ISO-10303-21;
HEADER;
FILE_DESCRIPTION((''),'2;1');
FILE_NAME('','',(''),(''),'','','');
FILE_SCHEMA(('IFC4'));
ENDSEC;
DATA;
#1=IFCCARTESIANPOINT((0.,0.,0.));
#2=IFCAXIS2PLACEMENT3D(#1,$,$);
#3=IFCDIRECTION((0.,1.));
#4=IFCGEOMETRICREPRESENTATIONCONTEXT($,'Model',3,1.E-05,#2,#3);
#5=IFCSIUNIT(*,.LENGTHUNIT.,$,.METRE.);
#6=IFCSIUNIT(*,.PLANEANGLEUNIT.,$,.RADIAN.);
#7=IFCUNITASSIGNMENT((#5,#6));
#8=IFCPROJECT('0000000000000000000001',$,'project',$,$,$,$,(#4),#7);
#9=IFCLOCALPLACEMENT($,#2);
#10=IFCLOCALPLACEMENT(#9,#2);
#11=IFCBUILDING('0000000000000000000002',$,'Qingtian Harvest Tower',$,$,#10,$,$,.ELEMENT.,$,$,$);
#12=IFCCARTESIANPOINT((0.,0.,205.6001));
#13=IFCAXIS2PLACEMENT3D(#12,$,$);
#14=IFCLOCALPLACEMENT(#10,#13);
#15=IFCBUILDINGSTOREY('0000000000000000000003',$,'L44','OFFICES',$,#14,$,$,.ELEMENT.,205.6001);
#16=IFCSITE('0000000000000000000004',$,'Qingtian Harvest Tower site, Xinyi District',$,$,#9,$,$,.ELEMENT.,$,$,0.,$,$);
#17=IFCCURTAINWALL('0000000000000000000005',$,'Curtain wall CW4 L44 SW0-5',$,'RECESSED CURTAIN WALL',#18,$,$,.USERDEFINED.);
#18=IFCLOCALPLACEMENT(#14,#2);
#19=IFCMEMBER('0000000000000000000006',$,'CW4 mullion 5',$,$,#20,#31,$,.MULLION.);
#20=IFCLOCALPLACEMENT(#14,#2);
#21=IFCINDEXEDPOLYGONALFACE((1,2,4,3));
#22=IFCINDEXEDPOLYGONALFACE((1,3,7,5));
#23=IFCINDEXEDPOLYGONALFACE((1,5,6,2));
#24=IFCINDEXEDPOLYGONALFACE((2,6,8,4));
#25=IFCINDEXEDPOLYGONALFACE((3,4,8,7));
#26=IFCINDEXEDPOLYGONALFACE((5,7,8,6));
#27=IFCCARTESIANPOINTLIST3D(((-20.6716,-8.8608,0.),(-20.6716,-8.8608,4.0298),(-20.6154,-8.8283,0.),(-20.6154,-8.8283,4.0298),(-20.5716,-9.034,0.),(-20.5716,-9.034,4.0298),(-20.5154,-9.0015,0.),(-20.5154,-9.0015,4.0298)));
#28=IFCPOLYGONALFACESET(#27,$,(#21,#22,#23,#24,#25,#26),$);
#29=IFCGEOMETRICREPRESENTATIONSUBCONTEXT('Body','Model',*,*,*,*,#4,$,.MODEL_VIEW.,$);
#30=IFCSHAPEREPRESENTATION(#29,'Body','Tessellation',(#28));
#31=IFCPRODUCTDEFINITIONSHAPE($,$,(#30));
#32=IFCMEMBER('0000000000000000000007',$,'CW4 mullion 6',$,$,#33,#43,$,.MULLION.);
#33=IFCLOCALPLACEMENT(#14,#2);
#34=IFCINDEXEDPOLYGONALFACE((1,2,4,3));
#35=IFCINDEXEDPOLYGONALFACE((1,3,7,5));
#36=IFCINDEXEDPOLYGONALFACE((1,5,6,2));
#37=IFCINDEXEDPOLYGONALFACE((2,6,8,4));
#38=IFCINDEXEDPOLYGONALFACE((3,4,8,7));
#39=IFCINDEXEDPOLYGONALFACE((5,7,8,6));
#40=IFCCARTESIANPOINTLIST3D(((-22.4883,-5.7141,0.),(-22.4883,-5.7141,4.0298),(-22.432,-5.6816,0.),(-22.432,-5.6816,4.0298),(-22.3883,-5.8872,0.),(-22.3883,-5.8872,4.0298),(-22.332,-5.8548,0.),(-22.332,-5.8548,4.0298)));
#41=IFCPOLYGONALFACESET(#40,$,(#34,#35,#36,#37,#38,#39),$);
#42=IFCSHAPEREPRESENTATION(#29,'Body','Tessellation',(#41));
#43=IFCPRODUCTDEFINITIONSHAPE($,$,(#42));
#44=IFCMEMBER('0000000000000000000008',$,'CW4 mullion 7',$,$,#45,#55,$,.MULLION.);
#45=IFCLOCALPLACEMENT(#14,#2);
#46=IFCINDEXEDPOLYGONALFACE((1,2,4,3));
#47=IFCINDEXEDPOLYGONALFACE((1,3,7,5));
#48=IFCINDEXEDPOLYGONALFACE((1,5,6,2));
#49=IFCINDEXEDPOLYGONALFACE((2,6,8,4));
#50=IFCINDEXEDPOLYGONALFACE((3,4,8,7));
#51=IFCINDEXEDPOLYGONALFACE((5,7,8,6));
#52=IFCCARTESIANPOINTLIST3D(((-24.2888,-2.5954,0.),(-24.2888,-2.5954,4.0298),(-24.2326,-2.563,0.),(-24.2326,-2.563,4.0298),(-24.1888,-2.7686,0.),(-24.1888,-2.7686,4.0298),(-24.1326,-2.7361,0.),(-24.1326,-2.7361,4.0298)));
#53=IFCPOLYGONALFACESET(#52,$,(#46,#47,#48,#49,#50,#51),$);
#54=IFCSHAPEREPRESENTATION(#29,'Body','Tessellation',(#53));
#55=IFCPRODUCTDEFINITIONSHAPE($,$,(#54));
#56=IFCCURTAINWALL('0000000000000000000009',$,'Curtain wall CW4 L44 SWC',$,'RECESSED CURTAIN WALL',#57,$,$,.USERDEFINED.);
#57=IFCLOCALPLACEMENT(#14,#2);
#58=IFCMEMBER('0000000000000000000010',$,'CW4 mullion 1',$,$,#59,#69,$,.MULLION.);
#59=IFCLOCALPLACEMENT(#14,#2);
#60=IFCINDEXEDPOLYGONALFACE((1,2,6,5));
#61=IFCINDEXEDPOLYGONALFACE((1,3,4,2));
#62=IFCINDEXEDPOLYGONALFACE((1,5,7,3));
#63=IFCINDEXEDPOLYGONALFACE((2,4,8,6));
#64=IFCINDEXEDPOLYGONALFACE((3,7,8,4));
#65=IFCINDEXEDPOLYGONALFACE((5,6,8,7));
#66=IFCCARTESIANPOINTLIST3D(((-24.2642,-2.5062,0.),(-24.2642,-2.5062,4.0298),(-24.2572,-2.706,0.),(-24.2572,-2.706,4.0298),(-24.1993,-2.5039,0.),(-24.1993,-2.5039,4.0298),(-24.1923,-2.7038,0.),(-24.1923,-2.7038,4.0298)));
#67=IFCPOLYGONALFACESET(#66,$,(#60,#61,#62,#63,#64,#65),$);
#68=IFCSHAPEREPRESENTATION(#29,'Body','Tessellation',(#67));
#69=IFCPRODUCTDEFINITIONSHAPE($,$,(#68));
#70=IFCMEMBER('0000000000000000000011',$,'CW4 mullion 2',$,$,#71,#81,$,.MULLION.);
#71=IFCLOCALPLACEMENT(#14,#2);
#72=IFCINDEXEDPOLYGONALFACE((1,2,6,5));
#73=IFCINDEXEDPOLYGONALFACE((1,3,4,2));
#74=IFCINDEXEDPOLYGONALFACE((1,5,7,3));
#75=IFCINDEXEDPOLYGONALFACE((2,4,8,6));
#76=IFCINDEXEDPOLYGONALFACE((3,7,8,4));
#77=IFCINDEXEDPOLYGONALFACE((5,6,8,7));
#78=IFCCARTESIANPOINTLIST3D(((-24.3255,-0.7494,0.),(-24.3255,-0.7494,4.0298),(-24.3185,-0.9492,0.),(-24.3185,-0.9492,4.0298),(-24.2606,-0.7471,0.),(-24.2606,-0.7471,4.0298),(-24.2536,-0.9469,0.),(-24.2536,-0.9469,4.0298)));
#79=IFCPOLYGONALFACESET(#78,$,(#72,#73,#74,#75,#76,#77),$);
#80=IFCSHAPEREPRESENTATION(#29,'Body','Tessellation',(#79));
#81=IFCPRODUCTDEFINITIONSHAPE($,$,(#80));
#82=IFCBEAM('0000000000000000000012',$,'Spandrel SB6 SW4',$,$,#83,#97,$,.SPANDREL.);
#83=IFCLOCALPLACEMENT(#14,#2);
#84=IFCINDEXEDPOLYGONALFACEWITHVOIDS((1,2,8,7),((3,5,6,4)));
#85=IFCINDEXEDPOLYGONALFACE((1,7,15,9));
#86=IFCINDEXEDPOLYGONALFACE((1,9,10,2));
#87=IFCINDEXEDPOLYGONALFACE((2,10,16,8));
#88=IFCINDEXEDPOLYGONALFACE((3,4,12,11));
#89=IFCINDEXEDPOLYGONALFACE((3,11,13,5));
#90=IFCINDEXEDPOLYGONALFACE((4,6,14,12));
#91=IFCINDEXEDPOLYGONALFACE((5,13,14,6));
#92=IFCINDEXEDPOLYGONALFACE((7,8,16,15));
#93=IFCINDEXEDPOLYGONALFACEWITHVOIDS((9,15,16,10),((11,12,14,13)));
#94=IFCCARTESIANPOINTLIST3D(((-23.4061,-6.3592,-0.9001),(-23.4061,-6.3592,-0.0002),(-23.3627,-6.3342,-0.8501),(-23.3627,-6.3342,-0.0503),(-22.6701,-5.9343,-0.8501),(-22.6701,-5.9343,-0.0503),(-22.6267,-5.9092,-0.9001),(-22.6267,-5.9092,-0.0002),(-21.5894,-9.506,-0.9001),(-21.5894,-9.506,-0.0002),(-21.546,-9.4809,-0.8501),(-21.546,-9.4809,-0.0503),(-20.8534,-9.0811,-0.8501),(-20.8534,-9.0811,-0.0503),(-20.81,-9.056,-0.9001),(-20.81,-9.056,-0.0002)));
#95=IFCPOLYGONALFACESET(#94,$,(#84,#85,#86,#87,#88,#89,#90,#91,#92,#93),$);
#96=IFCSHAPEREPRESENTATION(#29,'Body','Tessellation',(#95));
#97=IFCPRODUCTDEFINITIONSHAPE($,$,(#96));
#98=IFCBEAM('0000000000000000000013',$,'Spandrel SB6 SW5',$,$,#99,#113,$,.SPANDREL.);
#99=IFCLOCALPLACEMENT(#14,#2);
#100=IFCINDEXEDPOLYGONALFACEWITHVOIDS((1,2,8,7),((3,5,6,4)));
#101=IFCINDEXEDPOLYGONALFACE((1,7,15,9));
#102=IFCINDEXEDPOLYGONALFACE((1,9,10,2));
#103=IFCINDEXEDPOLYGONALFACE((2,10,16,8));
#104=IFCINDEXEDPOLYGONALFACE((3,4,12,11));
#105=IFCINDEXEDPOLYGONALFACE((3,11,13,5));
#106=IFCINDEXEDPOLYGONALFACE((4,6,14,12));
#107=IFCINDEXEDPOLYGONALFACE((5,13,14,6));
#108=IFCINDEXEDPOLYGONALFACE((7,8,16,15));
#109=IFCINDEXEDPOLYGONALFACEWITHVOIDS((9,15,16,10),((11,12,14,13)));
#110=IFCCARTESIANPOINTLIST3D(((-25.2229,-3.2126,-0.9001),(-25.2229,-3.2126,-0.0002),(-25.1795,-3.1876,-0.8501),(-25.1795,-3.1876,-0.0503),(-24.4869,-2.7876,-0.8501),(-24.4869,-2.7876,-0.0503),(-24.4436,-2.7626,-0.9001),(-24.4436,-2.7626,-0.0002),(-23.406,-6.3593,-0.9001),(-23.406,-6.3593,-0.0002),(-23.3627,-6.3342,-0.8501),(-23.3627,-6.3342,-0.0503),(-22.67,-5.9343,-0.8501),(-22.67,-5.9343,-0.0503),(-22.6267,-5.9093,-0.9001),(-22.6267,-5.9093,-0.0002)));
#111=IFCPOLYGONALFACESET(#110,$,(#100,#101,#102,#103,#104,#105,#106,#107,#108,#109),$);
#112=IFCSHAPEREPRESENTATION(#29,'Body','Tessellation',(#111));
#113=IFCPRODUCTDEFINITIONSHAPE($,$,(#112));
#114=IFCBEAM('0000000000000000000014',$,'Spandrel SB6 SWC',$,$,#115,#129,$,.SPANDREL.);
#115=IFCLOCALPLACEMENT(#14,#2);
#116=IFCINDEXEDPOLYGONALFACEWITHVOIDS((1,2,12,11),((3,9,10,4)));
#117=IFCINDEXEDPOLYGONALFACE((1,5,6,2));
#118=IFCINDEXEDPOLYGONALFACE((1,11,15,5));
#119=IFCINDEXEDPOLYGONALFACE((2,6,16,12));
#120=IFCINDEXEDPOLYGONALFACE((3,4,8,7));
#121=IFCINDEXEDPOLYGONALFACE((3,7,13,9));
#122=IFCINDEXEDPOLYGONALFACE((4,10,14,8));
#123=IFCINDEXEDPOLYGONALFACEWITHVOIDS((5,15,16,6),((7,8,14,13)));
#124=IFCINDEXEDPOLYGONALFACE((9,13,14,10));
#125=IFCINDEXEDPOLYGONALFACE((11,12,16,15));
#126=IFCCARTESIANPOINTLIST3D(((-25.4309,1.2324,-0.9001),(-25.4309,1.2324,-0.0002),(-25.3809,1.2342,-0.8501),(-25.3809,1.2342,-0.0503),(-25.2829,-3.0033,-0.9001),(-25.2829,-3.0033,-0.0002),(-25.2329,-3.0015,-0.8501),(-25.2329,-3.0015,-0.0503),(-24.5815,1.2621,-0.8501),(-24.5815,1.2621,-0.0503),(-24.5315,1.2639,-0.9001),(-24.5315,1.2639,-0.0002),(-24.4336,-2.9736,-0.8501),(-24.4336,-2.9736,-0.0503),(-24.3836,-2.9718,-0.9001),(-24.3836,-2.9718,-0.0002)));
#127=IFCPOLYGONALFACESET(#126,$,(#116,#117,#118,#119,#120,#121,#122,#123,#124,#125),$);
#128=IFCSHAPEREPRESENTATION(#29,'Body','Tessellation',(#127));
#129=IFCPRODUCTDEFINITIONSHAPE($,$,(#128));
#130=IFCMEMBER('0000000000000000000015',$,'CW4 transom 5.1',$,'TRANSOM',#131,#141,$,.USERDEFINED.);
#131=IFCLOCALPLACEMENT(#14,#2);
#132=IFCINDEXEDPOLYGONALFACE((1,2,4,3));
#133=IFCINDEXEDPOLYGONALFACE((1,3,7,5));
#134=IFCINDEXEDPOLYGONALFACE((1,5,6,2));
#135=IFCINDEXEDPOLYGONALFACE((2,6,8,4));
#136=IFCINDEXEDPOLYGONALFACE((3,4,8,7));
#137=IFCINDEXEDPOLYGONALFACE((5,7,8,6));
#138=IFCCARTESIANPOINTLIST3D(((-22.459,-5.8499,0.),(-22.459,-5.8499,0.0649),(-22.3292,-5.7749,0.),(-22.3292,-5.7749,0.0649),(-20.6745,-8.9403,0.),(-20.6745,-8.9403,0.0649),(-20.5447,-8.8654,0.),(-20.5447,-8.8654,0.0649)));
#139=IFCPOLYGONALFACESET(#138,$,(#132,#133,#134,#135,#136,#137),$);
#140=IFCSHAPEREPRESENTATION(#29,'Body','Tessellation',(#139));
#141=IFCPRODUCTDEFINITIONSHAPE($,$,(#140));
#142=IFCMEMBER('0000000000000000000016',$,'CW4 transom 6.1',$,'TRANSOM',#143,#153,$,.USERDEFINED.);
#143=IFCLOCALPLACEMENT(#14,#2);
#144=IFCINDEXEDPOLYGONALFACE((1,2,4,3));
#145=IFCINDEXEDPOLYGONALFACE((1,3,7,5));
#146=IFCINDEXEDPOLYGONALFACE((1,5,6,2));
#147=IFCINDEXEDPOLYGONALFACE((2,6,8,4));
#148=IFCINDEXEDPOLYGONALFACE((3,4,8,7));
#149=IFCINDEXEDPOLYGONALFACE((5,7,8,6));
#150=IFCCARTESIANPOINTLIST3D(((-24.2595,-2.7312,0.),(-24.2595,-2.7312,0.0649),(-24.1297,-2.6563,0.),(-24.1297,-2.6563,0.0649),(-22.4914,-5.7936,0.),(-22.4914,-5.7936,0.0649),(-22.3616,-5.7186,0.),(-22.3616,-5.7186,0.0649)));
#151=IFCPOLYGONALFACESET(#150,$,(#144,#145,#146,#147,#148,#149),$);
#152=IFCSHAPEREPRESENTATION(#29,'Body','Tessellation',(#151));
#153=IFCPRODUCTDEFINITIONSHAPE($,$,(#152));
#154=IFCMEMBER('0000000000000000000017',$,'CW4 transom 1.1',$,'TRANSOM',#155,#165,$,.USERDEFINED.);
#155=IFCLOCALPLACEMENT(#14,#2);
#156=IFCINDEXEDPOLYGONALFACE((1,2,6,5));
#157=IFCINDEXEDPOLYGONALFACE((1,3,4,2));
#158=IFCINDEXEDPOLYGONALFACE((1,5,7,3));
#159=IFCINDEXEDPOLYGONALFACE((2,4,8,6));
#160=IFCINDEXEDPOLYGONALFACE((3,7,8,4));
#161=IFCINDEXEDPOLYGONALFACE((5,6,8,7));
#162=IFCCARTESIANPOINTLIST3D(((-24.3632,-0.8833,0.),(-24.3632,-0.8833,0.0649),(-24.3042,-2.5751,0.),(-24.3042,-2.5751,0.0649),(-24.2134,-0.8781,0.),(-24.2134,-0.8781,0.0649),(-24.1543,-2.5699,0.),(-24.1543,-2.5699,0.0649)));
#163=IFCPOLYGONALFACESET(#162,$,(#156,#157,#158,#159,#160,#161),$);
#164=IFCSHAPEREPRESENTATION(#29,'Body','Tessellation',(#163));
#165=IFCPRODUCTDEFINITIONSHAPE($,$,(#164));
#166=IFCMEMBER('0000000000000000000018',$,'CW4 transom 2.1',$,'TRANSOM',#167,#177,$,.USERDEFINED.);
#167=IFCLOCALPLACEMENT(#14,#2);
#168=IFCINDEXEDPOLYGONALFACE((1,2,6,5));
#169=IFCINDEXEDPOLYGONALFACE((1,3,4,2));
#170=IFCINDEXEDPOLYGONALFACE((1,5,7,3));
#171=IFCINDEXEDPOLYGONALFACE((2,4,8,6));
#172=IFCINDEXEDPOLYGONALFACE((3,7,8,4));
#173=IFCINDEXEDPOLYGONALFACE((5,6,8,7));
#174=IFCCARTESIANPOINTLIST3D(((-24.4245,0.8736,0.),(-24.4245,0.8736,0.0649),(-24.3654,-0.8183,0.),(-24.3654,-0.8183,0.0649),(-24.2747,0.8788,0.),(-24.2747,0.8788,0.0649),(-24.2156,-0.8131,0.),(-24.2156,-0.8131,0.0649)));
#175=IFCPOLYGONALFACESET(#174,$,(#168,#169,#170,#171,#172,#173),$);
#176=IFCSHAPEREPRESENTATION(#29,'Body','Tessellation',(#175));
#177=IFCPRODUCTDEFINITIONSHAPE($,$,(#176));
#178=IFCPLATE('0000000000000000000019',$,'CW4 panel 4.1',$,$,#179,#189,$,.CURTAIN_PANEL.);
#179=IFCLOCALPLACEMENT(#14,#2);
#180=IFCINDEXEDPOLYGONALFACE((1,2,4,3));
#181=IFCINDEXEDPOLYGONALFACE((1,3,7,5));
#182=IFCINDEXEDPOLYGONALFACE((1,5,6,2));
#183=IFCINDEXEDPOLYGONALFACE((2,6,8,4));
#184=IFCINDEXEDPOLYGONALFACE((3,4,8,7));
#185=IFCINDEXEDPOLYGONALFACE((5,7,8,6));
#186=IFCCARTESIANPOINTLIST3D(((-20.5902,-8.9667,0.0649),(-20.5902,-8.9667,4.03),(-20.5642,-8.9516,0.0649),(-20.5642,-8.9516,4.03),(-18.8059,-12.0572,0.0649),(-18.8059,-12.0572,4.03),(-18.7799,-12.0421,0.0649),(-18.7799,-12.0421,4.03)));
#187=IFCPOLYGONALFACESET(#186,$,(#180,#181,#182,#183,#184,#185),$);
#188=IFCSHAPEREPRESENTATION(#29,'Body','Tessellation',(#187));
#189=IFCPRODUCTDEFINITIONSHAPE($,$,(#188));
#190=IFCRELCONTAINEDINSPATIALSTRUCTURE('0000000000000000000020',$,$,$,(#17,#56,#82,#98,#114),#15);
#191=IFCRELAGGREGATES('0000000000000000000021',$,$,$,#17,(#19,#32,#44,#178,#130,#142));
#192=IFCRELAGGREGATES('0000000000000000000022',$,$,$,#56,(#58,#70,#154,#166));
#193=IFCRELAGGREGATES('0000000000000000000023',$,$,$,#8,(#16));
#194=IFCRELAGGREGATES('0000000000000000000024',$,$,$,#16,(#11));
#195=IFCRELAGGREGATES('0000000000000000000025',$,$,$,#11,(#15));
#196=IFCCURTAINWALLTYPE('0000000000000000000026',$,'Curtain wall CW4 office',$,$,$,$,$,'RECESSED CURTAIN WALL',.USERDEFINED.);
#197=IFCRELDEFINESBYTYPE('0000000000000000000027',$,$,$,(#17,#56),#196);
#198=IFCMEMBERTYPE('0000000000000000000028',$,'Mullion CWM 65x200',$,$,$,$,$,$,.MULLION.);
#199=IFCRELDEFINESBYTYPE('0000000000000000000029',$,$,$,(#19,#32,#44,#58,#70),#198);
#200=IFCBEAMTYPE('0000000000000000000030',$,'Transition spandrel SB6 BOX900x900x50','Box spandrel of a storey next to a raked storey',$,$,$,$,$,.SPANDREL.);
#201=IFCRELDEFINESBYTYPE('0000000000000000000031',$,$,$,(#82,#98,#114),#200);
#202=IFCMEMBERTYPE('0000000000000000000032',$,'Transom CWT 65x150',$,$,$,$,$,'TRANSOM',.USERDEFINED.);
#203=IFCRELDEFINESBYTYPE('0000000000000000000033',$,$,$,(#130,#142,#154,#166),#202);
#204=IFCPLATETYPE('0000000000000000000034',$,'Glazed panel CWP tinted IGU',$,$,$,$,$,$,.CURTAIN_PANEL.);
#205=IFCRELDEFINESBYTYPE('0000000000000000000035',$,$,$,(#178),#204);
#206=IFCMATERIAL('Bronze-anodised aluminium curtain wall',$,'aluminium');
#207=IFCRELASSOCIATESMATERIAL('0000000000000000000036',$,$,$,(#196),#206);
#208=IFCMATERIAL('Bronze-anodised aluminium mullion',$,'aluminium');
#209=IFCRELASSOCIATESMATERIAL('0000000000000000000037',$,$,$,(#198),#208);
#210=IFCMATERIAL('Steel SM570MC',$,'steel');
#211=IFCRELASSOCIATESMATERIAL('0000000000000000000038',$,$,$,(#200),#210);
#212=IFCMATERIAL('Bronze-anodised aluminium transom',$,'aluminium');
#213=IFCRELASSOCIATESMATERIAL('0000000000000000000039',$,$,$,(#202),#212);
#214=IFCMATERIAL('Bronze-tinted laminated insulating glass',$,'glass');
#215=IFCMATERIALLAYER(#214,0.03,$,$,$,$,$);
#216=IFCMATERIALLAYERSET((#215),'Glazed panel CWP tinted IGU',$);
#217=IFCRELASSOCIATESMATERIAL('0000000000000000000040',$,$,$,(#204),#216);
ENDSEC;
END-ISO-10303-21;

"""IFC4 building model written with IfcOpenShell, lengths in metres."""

from ifc_helpers import new_model, si_unit, direction, frame, origin, origin_2d, place, context, subcontext, project, spatial, rectangle, hollow_rectangle, extrude, material, layer, layer_set, material_profile, profile_set, type_object, element, aggregate, save


model = new_model("IFC4")

# Units and contexts
model_context = context("Model", 3, precision=1e-05, world=origin(), true_north=direction((0.0, 1.0)))
body_context = subcontext(model_context, "Body", "Model", "MODEL_VIEW")
ifc_project = project(units=[si_unit("LENGTHUNIT", "METRE"), si_unit("PLANEANGLEUNIT", "RADIAN")], contexts=[model_context])

# Site, building, storey
site_placement = place(None, origin())
site = spatial("IfcSite", under=ifc_project, at=site_placement, Name="Qingtian Harvest Tower site, Xinyi District", CompositionType="ELEMENT", RefElevation=0.0)
building_placement = place(site_placement, origin())
building = spatial("IfcBuilding", under=site, at=building_placement, Name="Qingtian Harvest Tower", CompositionType="ELEMENT")
storey_placement = place(building_placement, frame((0.0, 0.0, 205.6001)))
storey = spatial("IfcBuildingStorey", under=building, at=storey_placement, Name="L44", Description="OFFICES", CompositionType="ELEMENT", Elevation=205.6001)

# Curtain walls, members
ifc_material_1 = material(Name="Bronze-anodised aluminium curtain wall", Category="aluminium")
curtain_wall_type = type_object("IfcCurtainWallType", Name="Curtain wall CW4 office", ElementType="RECESSED CURTAIN WALL", PredefinedType="USERDEFINED", material=ifc_material_1)
curtain_wall_1_placement = place(storey_placement, origin())
curtain_wall_1 = element("IfcCurtainWall", 1, at=curtain_wall_1_placement, inside=storey, type_object=curtain_wall_type, Name="Curtain wall CW4 L44 SW0-5", ObjectType="RECESSED CURTAIN WALL", PredefinedType="USERDEFINED")
ifc_material_2 = material(Name="Bronze-anodised aluminium mullion", Category="aluminium")
ifc_material_profile_1 = material_profile(ifc_material_2, rectangle(XDim=0.0649, YDim=0.2, at=origin_2d()), Name="AL 65x200")
ifc_profile_set_1 = profile_set([ifc_material_profile_1], Name="Bronze-anodised aluminium mullion")
member_type_1 = type_object("IfcMemberType", Name="Mullion CWM 65x200", PredefinedType="MULLION", material=ifc_profile_set_1)
member_1_placement = place(storey_placement, frame((-20.5935, -8.9312, 0.0), z_axis=(0.0, 0.0, 1.0), x_axis=(-0.866025, -0.5, 0.0)))
member_1 = element("IfcMember", 2, at=member_1_placement, type_object=member_type_1, Name="CW4 mullion 5", PredefinedType="MULLION", context=body_context, shape_type="SweptSolid", body=[
    extrude(rectangle(XDim=0.0649, YDim=0.2, at=origin_2d()), origin(), (0.0, 0.0, 1.0), 4.0298),
])
member_2_placement = place(storey_placement, frame((-22.4102, -5.7844, 0.0), z_axis=(0.0, 0.0, 1.0), x_axis=(-0.866025, -0.5, 0.0)))
member_2 = element("IfcMember", 3, at=member_2_placement, type_object=member_type_1, Name="CW4 mullion 6", PredefinedType="MULLION", context=body_context, shape_type="SweptSolid", body=[
    extrude(rectangle(XDim=0.0649, YDim=0.2, at=origin_2d()), origin(), (0.0, 0.0, 1.0), 4.0298),
])
member_3_placement = place(storey_placement, frame((-24.2107, -2.6658, 0.0), z_axis=(0.0, 0.0, 1.0), x_axis=(-0.866025, -0.5, 0.0)))
member_3 = element("IfcMember", 4, at=member_3_placement, type_object=member_type_1, Name="CW4 mullion 7", PredefinedType="MULLION", context=body_context, shape_type="SweptSolid", body=[
    extrude(rectangle(XDim=0.0649, YDim=0.2, at=origin_2d()), origin(), (0.0, 0.0, 1.0), 4.0298),
])
curtain_wall_2_placement = place(storey_placement, origin())
curtain_wall_2 = element("IfcCurtainWall", 5, at=curtain_wall_2_placement, inside=storey, type_object=curtain_wall_type, Name="Curtain wall CW4 L44 SWC", ObjectType="RECESSED CURTAIN WALL", PredefinedType="USERDEFINED")
member_4_placement = place(storey_placement, frame((-24.2283, -2.605, 0.0), z_axis=(0.0, 0.0, 1.0), x_axis=(-0.999391, -0.034899, 0.0)))
member_4 = element("IfcMember", 6, at=member_4_placement, type_object=member_type_1, Name="CW4 mullion 1", PredefinedType="MULLION", context=body_context, shape_type="SweptSolid", body=[
    extrude(rectangle(XDim=0.0649, YDim=0.2, at=origin_2d()), origin(), (0.0, 0.0, 1.0), 4.0298),
])
member_5_placement = place(storey_placement, frame((-24.2896, -0.8481, 0.0), z_axis=(0.0, 0.0, 1.0), x_axis=(-0.999391, -0.034899, 0.0)))
member_5 = element("IfcMember", 7, at=member_5_placement, type_object=member_type_1, Name="CW4 mullion 2", PredefinedType="MULLION", context=body_context, shape_type="SweptSolid", body=[
    extrude(rectangle(XDim=0.0649, YDim=0.2, at=origin_2d()), origin(), (0.0, 0.0, 1.0), 4.0298),
])

# Beams
ifc_material_3 = material(Name="Steel SM570MC", Category="steel")
ifc_material_profile_2 = material_profile(ifc_material_3, hollow_rectangle(XDim=0.8999, YDim=0.8999, WallThickness=0.05, at=origin_2d()), Name="BOX900x900x50")
ifc_profile_set_2 = profile_set([ifc_material_profile_2], Name="Steel SM570MC")
beam_type_1 = type_object("IfcBeamType", Name="Transition spandrel SB6 BOX900x900x50", Description="Box spandrel of a storey next to a raked storey", PredefinedType="SPANDREL", material=ifc_profile_set_2)
for number, where, z_axis, x_axis, name in (
    (8, (-21.1997, -9.281, -0.4502), (-0.499976, 0.866039, 0.0), (-0.866039, -0.499976, 0.0), "Spandrel SB6 SW4"),
    (9, (-23.0164, -6.1343, -0.4502), (-0.500027, 0.86601, 0.0), (-0.86601, -0.500027, 0.0), "Spandrel SB6 SW5"),
):
    element("IfcBeam", number, at=place(storey_placement, frame(where, z_axis=z_axis, x_axis=x_axis)), inside=storey, type_object=beam_type_1, Name=name, PredefinedType="SPANDREL", context=body_context, shape_type="SweptSolid", body=[
        extrude(hollow_rectangle(XDim=0.8999, YDim=0.8999, WallThickness=0.05, at=origin_2d()), origin(), (0.0, 0.0, 1.0), 3.6335),
    ])
beam_1_placement = place(storey_placement, frame((-24.8333, -2.9875, -0.4502), z_axis=(-0.034909, 0.999391, 0.0), x_axis=(-0.999391, -0.034909, 0.0)))
element("IfcBeam", 10, at=beam_1_placement, inside=storey, type_object=beam_type_1, Name="Spandrel SB6 SWC", PredefinedType="SPANDREL", context=body_context, shape_type="SweptSolid", body=[
    extrude(hollow_rectangle(XDim=0.8999, YDim=0.8999, WallThickness=0.05, at=origin_2d()), origin(), (0.0, 0.0, 1.0), 4.2383),
])

# Members
ifc_material_4 = material(Name="Bronze-anodised aluminium transom", Category="aluminium")
ifc_material_profile_3 = material_profile(ifc_material_4, rectangle(XDim=0.1499, YDim=0.0649, at=origin_2d()), Name="AL 65x150")
ifc_profile_set_3 = profile_set([ifc_material_profile_3], Name="Bronze-anodised aluminium transom")
member_type_2 = type_object("IfcMemberType", Name="Transom CWT 65x150", ElementType="TRANSOM", PredefinedType="USERDEFINED", material=ifc_profile_set_3)
member_6_placement = place(storey_placement, frame((-20.6096, -8.9028, 0.0325), z_axis=(-0.500046, 0.865999, 0.0), x_axis=(-0.865999, -0.500046, 0.0)))
member_6 = element("IfcMember", 11, at=member_6_placement, type_object=member_type_2, Name="CW4 transom 5.1", ObjectType="TRANSOM", PredefinedType="USERDEFINED", context=body_context, shape_type="SweptSolid", body=[
    extrude(rectangle(XDim=0.1499, YDim=0.0649, at=origin_2d()), origin(), (0.0, 0.0, 1.0), 3.5686),
])
member_7_placement = place(storey_placement, frame((-22.4265, -5.7561, 0.0325), z_axis=(-0.500015, 0.866017, 0.0), x_axis=(-0.866017, -0.500015, 0.0)))
member_7 = element("IfcMember", 12, at=member_7_placement, type_object=member_type_2, Name="CW4 transom 6.1", ObjectType="TRANSOM", PredefinedType="USERDEFINED", context=body_context, shape_type="SweptSolid", body=[
    extrude(rectangle(XDim=0.1499, YDim=0.0649, at=origin_2d()), origin(), (0.0, 0.0, 1.0), 3.5361),
])
member_8_placement = place(storey_placement, frame((-24.2292, -2.5725, 0.0325), z_axis=(-0.034899, 0.999391, 0.0), x_axis=(-0.999391, -0.034899, 0.0)))
member_8 = element("IfcMember", 13, at=member_8_placement, type_object=member_type_2, Name="CW4 transom 1.1", ObjectType="TRANSOM", PredefinedType="USERDEFINED", context=body_context, shape_type="SweptSolid", body=[
    extrude(rectangle(XDim=0.1499, YDim=0.0649, at=origin_2d()), origin(), (0.0, 0.0, 1.0), 1.6929),
])
member_9_placement = place(storey_placement, frame((-24.2905, -0.8157, 0.0325), z_axis=(-0.034899, 0.999391, 0.0), x_axis=(-0.999391, -0.034899, 0.0)))
member_9 = element("IfcMember", 14, at=member_9_placement, type_object=member_type_2, Name="CW4 transom 2.1", ObjectType="TRANSOM", PredefinedType="USERDEFINED", context=body_context, shape_type="SweptSolid", body=[
    extrude(rectangle(XDim=0.1499, YDim=0.0649, at=origin_2d()), origin(), (0.0, 0.0, 1.0), 1.6929),
])

# Plate
ifc_material_5 = material(Name="Bronze-tinted laminated insulating glass", Category="glass")
ifc_layer_1 = layer(ifc_material_5, 0.03)
ifc_layer_set_1 = layer_set([ifc_layer_1], Name="Glazed panel CWP tinted IGU")
plate_type = type_object("IfcPlateType", Name="Glazed panel CWP tinted IGU", PredefinedType="CURTAIN_PANEL", material=ifc_layer_set_1)
plate_1_placement = place(storey_placement, frame((-19.6851, -10.5044, 0.0649), z_axis=(0.0, 0.0, 1.0), x_axis=(-0.5, 0.866025, 0.0)))
plate_1 = element("IfcPlate", 15, at=plate_1_placement, type_object=plate_type, Name="CW4 panel 4.1", PredefinedType="CURTAIN_PANEL", context=body_context, shape_type="SweptSolid", body=[
    extrude(rectangle(XDim=3.5686, YDim=0.03, at=origin_2d()), origin(), (0.0, 0.0, 1.0), 3.9651),
])
aggregate(curtain_wall_1, [member_1, member_2, member_3, plate_1, member_6, member_7])
aggregate(curtain_wall_2, [member_4, member_5, member_8, member_9])

save(model, "model.ifc")
